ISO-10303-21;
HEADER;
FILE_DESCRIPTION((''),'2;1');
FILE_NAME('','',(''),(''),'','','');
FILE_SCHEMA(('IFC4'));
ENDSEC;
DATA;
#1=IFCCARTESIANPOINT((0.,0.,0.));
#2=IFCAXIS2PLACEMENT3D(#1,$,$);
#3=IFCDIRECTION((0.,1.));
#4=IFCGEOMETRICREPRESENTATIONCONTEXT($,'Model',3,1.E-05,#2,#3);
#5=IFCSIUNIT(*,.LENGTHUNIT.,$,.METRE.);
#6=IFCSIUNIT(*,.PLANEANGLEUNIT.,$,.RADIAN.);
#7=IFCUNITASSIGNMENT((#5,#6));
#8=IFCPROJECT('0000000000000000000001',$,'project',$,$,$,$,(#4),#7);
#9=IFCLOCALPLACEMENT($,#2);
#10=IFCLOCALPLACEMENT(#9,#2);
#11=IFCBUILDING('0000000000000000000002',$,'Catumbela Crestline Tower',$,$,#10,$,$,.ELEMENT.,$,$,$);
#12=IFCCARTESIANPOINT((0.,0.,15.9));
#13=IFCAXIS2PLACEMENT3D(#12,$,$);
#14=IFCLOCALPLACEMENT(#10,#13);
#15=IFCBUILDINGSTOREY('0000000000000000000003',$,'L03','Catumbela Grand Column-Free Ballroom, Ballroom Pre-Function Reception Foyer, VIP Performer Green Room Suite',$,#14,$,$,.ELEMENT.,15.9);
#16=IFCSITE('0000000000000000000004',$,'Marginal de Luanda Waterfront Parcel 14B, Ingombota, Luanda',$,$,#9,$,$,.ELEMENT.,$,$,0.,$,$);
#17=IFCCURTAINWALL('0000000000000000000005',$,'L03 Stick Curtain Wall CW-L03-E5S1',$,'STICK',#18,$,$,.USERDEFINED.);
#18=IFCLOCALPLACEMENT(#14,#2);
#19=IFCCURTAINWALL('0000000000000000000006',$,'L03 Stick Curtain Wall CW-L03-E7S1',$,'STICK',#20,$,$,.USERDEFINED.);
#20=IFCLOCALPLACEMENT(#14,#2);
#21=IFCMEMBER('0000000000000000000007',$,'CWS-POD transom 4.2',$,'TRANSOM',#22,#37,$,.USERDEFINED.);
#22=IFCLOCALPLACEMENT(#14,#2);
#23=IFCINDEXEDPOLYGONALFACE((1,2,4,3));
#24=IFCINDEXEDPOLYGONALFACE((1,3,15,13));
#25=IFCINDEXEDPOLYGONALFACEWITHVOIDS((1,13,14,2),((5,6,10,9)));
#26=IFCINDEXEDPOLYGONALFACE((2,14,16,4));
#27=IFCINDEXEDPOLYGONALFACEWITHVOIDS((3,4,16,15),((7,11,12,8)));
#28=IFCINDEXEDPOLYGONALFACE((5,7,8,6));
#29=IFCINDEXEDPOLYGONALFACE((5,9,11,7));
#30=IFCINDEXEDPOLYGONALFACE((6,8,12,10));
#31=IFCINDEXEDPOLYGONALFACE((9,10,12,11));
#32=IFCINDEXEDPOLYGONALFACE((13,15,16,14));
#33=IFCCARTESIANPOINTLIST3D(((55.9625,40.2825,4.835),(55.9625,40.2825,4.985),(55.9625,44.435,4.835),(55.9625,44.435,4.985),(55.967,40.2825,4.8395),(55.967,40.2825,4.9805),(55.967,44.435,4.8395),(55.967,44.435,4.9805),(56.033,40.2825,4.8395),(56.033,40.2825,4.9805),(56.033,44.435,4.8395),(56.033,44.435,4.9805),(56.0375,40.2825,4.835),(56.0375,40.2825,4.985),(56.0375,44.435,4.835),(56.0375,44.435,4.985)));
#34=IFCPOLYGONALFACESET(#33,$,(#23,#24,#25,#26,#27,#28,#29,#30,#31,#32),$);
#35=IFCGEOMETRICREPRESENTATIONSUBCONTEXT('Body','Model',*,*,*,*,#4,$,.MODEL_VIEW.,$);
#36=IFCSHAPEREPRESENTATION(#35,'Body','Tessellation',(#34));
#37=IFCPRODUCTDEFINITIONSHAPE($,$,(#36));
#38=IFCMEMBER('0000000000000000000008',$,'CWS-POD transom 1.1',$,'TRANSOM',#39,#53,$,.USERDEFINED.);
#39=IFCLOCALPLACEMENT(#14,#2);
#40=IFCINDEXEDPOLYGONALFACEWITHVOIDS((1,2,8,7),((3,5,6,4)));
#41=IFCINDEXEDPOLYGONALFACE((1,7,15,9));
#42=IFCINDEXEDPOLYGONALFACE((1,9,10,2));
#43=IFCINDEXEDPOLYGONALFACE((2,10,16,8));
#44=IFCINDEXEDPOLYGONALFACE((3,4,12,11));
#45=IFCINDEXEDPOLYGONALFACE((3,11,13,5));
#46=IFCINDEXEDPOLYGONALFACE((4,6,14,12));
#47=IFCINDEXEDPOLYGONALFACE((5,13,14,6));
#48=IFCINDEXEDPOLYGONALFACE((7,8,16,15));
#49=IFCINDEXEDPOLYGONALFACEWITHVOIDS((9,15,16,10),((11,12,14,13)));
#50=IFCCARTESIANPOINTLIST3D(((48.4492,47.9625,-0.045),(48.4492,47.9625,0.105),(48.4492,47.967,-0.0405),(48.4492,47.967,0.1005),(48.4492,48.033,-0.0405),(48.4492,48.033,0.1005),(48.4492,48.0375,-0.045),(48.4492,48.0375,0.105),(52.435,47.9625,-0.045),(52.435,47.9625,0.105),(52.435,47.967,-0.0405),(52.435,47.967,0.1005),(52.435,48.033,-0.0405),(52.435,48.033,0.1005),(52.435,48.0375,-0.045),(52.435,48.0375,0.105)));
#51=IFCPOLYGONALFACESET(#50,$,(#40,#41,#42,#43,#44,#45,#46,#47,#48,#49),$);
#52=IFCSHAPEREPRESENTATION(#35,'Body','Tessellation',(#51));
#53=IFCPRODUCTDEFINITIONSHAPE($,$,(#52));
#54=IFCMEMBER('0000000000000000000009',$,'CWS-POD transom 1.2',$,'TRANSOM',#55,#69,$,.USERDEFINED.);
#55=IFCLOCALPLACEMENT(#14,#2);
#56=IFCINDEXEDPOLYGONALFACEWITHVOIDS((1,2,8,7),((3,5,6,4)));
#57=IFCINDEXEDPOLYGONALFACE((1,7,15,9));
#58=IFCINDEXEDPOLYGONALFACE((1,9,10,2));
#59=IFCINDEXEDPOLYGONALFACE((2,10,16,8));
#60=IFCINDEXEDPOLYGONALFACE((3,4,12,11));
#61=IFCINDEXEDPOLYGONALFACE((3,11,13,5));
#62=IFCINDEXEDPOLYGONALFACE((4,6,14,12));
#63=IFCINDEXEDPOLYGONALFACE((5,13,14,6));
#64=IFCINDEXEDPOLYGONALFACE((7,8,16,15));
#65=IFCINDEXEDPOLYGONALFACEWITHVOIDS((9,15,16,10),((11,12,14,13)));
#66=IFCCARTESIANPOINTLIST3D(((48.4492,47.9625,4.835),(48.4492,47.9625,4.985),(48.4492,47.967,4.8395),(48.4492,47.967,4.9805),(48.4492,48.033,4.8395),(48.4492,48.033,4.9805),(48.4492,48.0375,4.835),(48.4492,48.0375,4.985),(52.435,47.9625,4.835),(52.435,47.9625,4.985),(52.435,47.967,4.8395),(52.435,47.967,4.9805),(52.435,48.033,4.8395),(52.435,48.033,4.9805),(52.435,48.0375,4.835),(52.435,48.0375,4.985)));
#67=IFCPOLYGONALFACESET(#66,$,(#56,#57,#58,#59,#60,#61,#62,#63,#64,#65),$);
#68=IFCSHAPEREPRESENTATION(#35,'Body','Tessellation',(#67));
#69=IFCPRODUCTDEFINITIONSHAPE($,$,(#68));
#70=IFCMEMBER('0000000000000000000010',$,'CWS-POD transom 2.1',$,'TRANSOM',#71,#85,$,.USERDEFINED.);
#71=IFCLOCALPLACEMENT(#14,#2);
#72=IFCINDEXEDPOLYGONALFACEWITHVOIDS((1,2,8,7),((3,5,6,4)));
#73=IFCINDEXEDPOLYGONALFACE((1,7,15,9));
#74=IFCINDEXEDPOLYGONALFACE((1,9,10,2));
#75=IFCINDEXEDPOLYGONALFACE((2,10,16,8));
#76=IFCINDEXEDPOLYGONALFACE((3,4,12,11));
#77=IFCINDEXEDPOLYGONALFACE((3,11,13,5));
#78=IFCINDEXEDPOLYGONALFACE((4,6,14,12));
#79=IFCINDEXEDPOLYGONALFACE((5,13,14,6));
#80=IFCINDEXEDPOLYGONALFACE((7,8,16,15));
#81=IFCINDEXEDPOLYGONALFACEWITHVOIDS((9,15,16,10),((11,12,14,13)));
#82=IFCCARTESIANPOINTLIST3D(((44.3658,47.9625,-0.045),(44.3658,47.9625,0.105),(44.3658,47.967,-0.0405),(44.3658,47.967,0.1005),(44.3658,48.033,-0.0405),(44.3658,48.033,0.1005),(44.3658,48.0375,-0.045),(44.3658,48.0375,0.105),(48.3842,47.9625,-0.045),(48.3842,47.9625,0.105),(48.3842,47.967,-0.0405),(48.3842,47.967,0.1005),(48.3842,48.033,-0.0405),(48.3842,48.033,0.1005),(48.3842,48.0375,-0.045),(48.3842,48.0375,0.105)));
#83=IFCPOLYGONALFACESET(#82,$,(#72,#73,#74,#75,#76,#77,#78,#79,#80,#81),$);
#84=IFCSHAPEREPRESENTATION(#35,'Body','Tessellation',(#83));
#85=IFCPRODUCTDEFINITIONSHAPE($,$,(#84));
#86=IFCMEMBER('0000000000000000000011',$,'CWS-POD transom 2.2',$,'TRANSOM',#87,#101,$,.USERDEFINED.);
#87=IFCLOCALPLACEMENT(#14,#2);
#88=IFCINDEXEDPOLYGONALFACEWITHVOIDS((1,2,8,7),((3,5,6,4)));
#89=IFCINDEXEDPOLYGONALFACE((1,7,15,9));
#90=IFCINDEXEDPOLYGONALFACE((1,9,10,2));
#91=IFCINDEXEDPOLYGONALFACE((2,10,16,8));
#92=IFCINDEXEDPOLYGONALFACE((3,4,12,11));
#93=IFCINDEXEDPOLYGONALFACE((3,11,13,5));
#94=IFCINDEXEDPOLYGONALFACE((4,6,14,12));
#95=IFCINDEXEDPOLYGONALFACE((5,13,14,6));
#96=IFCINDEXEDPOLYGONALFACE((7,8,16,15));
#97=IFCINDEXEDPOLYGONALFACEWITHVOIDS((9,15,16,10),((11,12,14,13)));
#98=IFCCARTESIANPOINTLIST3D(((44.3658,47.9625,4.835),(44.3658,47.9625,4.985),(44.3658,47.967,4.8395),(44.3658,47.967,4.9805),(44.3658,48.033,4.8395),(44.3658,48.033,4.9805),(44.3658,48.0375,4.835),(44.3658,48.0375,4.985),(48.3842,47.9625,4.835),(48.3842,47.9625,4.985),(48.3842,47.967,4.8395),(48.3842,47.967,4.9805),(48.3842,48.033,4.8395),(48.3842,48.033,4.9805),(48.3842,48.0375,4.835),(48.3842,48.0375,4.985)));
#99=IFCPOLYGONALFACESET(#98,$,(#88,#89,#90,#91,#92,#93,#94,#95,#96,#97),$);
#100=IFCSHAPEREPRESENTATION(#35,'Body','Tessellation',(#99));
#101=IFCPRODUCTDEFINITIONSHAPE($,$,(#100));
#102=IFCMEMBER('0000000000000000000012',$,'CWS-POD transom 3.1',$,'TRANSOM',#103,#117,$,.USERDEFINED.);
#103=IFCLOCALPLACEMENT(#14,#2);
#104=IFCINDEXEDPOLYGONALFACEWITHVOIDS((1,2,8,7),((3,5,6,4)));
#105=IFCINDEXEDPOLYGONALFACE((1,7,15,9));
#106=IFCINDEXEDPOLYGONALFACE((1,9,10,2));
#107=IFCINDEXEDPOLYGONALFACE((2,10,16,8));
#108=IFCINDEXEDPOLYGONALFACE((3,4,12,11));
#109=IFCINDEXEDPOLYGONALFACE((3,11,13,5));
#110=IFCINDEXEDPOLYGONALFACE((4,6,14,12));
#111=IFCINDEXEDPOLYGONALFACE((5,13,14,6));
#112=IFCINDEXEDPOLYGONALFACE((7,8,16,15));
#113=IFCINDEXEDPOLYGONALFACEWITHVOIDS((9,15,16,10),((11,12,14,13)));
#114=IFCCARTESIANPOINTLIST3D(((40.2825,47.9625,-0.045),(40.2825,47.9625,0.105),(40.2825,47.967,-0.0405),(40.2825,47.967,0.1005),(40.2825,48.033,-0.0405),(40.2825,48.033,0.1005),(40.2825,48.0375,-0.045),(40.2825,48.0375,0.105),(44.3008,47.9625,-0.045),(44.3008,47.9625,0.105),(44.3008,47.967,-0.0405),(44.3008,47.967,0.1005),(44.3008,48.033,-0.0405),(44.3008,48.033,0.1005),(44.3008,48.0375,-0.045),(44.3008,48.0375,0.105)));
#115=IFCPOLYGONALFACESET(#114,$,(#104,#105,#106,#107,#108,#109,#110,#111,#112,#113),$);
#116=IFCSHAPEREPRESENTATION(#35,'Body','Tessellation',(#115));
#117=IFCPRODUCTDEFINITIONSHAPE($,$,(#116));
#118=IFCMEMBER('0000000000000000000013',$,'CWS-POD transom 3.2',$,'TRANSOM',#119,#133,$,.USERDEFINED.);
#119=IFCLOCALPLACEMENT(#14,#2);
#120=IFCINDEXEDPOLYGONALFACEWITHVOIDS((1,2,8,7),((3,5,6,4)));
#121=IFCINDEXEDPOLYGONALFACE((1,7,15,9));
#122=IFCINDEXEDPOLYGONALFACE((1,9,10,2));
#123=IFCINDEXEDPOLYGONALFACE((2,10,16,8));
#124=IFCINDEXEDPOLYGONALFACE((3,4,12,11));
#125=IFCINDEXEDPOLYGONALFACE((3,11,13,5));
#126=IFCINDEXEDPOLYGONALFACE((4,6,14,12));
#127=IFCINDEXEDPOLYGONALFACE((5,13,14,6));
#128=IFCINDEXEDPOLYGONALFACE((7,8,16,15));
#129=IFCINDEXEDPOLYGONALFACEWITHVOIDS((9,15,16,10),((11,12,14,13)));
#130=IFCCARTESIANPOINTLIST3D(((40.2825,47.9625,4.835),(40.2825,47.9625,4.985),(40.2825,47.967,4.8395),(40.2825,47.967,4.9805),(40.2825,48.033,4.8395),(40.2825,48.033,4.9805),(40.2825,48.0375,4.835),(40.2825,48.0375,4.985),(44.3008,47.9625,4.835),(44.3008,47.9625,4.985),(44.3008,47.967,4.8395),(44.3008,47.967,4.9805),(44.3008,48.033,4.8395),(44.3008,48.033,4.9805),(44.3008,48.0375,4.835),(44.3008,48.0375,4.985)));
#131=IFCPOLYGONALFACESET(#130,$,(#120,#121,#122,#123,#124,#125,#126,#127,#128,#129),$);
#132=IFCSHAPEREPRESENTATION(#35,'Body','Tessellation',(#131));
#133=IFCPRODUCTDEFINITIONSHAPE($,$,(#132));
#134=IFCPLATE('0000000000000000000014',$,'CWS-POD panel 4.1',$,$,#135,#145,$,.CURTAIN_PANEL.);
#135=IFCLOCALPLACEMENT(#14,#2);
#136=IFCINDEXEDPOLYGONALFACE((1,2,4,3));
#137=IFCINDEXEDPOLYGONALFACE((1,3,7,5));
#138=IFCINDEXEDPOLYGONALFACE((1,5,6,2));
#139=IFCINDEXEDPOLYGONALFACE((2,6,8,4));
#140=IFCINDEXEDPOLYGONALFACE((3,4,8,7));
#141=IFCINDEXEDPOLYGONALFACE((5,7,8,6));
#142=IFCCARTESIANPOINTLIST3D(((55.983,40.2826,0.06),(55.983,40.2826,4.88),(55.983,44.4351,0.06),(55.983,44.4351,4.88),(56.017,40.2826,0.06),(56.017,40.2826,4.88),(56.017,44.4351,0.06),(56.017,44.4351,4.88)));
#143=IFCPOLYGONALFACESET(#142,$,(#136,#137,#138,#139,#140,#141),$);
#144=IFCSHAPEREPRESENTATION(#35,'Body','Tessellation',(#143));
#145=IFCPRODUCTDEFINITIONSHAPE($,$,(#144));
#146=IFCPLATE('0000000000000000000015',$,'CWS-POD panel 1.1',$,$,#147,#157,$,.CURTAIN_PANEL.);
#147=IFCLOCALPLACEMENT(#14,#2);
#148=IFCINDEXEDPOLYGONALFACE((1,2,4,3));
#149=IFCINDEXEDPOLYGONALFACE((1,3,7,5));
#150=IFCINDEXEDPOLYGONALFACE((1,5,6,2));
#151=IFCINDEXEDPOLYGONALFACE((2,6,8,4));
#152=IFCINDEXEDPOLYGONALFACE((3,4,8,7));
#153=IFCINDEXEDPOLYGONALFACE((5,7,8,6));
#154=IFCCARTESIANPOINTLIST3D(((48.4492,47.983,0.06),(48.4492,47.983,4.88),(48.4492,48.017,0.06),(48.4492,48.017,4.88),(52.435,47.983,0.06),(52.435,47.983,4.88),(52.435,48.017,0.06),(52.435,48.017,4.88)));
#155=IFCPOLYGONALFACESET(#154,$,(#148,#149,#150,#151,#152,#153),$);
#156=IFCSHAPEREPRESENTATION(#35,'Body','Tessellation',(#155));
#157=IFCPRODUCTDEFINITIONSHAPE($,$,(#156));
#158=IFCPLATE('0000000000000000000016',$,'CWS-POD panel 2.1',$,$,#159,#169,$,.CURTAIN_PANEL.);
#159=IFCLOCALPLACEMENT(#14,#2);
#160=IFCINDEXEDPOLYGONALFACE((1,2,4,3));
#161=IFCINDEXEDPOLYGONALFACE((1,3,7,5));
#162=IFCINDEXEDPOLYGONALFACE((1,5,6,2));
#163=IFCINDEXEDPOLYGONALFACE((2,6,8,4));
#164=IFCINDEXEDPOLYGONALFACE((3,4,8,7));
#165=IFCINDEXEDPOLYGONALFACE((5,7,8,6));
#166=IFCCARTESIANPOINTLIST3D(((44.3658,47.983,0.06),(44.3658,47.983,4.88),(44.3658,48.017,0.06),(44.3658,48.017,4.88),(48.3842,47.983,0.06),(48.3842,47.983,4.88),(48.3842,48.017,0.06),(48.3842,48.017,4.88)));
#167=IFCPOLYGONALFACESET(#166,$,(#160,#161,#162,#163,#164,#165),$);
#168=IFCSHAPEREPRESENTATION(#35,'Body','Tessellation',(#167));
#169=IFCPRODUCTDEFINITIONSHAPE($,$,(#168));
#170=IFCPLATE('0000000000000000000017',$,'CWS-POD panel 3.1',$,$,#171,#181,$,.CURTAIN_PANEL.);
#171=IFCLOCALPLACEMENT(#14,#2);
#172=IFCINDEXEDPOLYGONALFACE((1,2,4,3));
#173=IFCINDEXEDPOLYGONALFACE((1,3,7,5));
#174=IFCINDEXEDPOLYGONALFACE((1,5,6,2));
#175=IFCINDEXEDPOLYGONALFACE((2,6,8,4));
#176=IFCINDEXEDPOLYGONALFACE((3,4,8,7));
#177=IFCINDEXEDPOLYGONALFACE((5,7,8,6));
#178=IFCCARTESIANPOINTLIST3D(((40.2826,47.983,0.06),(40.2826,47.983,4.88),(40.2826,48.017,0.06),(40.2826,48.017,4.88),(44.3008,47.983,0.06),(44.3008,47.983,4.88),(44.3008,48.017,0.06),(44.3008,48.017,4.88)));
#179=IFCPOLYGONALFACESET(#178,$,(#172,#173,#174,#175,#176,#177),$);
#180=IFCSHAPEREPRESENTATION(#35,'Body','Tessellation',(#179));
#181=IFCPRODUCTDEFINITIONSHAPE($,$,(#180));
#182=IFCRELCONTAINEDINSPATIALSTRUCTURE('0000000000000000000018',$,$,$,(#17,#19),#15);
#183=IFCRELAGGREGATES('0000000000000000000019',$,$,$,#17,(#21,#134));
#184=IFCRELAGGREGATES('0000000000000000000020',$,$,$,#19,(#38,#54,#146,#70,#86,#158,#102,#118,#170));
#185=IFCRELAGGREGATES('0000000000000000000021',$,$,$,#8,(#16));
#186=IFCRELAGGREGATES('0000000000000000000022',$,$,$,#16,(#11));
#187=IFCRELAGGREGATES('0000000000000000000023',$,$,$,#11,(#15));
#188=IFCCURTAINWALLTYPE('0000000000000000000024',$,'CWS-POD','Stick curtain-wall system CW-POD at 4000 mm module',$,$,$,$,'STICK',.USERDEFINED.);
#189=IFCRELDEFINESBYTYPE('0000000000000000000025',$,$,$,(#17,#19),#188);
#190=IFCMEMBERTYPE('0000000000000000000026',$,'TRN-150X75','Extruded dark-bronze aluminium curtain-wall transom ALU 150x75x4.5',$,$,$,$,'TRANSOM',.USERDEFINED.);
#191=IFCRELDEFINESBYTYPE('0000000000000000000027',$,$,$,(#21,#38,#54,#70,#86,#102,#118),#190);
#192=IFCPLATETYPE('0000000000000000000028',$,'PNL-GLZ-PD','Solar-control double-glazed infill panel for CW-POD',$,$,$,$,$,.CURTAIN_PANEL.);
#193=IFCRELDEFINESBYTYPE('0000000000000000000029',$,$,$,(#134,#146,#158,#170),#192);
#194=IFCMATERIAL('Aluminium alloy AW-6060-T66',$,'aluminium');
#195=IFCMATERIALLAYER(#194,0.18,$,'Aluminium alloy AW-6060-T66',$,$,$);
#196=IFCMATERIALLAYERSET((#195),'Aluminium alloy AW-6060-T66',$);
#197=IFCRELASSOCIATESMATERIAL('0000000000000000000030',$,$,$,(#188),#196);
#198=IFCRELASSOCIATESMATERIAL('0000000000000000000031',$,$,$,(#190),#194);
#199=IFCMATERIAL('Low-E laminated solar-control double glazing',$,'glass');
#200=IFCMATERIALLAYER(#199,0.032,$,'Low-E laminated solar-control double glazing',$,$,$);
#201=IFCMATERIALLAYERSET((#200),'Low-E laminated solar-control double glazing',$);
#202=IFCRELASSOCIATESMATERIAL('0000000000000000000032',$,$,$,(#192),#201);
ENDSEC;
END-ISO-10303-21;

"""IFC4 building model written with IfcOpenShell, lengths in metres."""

from ifc_helpers import new_model, si_unit, direction, frame, origin, origin_2d, place, context, subcontext, project, spatial, rectangle, hollow_rectangle, extrude, material, layer, layer_set, material_profile, profile_set, type_object, element, aggregate, save


model = new_model("IFC4")

# Units and contexts
model_context = context("Model", 3, precision=1e-05, world=origin(), true_north=direction((0.0, 1.0)))
body_context = subcontext(model_context, "Body", "Model", "MODEL_VIEW")
ifc_project = project(units=[si_unit("LENGTHUNIT", "METRE"), si_unit("PLANEANGLEUNIT", "RADIAN")], contexts=[model_context])

# Site, building, storey
site_placement = place(None, origin())
site = spatial("IfcSite", under=ifc_project, at=site_placement, Name="Marginal de Luanda Waterfront Parcel 14B, Ingombota, Luanda", CompositionType="ELEMENT", RefElevation=0.0)
building_placement = place(site_placement, origin())
building = spatial("IfcBuilding", under=site, at=building_placement, Name="Catumbela Crestline Tower", CompositionType="ELEMENT")
storey_placement = place(building_placement, frame((0.0, 0.0, 15.9)))
storey = spatial("IfcBuildingStorey", under=building, at=storey_placement, Name="L03", Description="Catumbela Grand Column-Free Ballroom, Ballroom Pre-Function Reception Foyer, VIP Performer Green Room Suite", CompositionType="ELEMENT", Elevation=15.9)

# Curtain walls
ifc_material_1 = material(Name="Aluminium alloy AW-6060-T66", Category="aluminium")
ifc_layer_1 = layer(ifc_material_1, 0.18, Name="Aluminium alloy AW-6060-T66")
ifc_layer_set_1 = layer_set([ifc_layer_1], Name="Aluminium alloy AW-6060-T66")
curtain_wall_type = type_object("IfcCurtainWallType", Name="CWS-POD", Description="Stick curtain-wall system CW-POD at 4000 mm module", ElementType="STICK", PredefinedType="USERDEFINED", material=ifc_layer_set_1)
curtain_wall_1_placement = place(storey_placement, origin())
curtain_wall_1 = element("IfcCurtainWall", 1, at=curtain_wall_1_placement, inside=storey, type_object=curtain_wall_type, Name="L03 Stick Curtain Wall CW-L03-E5S1", ObjectType="STICK", PredefinedType="USERDEFINED")
curtain_wall_2_placement = place(storey_placement, origin())
curtain_wall_2 = element("IfcCurtainWall", 2, at=curtain_wall_2_placement, inside=storey, type_object=curtain_wall_type, Name="L03 Stick Curtain Wall CW-L03-E7S1", ObjectType="STICK", PredefinedType="USERDEFINED")

# Members
ifc_material_profile_1 = material_profile(ifc_material_1, hollow_rectangle(XDim=0.075, YDim=0.15, WallThickness=0.0045, at=origin_2d()), Name="ALU 150x75x4.5")
ifc_profile_set_1 = profile_set([ifc_material_profile_1], Name="Aluminium alloy AW-6060-T66")
member_type_1 = type_object("IfcMemberType", Name="TRN-150X75", Description="Extruded dark-bronze aluminium curtain-wall transom ALU 150x75x4.5", ElementType="TRANSOM", PredefinedType="USERDEFINED", material=ifc_profile_set_1)
member_1_placement = place(storey_placement, frame((56.0, 40.2825, 4.91), z_axis=(0.0, 1.0, 0.0), x_axis=(-1.0, 0.0, 0.0)))
member_1 = element("IfcMember", 3, at=member_1_placement, type_object=member_type_1, Name="CWS-POD transom 4.2", ObjectType="TRANSOM", PredefinedType="USERDEFINED", context=body_context, shape_type="SweptSolid", body=[
    extrude(hollow_rectangle(XDim=0.075, YDim=0.15, WallThickness=0.0045, at=origin_2d()), origin(), (0.0, 0.0, 1.0), 4.1525),
])
member_2_placement = place(storey_placement, frame((52.435, 48.0, 0.03), z_axis=(-1.0, 0.0, 0.0), x_axis=(0.0, -1.0, 0.0)))
member_2 = element("IfcMember", 4, at=member_2_placement, type_object=member_type_1, Name="CWS-POD transom 1.1", ObjectType="TRANSOM", PredefinedType="USERDEFINED", context=body_context, shape_type="SweptSolid", body=[
    extrude(hollow_rectangle(XDim=0.075, YDim=0.15, WallThickness=0.0045, at=origin_2d()), origin(), (0.0, 0.0, 1.0), 3.9858),
])
member_3_placement = place(storey_placement, frame((52.435, 48.0, 4.91), z_axis=(-1.0, 0.0, 0.0), x_axis=(0.0, -1.0, 0.0)))
member_3 = element("IfcMember", 5, at=member_3_placement, type_object=member_type_1, Name="CWS-POD transom 1.2", ObjectType="TRANSOM", PredefinedType="USERDEFINED", context=body_context, shape_type="SweptSolid", body=[
    extrude(hollow_rectangle(XDim=0.075, YDim=0.15, WallThickness=0.0045, at=origin_2d()), origin(), (0.0, 0.0, 1.0), 3.9858),
])
member_4_placement = place(storey_placement, frame((48.3842, 48.0, 0.03), z_axis=(-1.0, 0.0, 0.0), x_axis=(0.0, -1.0, 0.0)))
member_4 = element("IfcMember", 6, at=member_4_placement, type_object=member_type_1, Name="CWS-POD transom 2.1", ObjectType="TRANSOM", PredefinedType="USERDEFINED", context=body_context, shape_type="SweptSolid", body=[
    extrude(hollow_rectangle(XDim=0.075, YDim=0.15, WallThickness=0.0045, at=origin_2d()), origin(), (0.0, 0.0, 1.0), 4.0184),
])
member_5_placement = place(storey_placement, frame((48.3842, 48.0, 4.91), z_axis=(-1.0, 0.0, 0.0), x_axis=(0.0, -1.0, 0.0)))
member_5 = element("IfcMember", 7, at=member_5_placement, type_object=member_type_1, Name="CWS-POD transom 2.2", ObjectType="TRANSOM", PredefinedType="USERDEFINED", context=body_context, shape_type="SweptSolid", body=[
    extrude(hollow_rectangle(XDim=0.075, YDim=0.15, WallThickness=0.0045, at=origin_2d()), origin(), (0.0, 0.0, 1.0), 4.0184),
])
member_6_placement = place(storey_placement, frame((44.3008, 48.0, 0.03), z_axis=(-1.0, 0.0, 0.0), x_axis=(0.0, -1.0, 0.0)))
member_6 = element("IfcMember", 8, at=member_6_placement, type_object=member_type_1, Name="CWS-POD transom 3.1", ObjectType="TRANSOM", PredefinedType="USERDEFINED", context=body_context, shape_type="SweptSolid", body=[
    extrude(hollow_rectangle(XDim=0.075, YDim=0.15, WallThickness=0.0045, at=origin_2d()), origin(), (0.0, 0.0, 1.0), 4.0183),
])
member_7_placement = place(storey_placement, frame((44.3008, 48.0, 4.91), z_axis=(-1.0, 0.0, 0.0), x_axis=(0.0, -1.0, 0.0)))
member_7 = element("IfcMember", 9, at=member_7_placement, type_object=member_type_1, Name="CWS-POD transom 3.2", ObjectType="TRANSOM", PredefinedType="USERDEFINED", context=body_context, shape_type="SweptSolid", body=[
    extrude(hollow_rectangle(XDim=0.075, YDim=0.15, WallThickness=0.0045, at=origin_2d()), origin(), (0.0, 0.0, 1.0), 4.0183),
])

# Plates
ifc_material_2 = material(Name="Low-E laminated solar-control double glazing", Category="glass")
ifc_layer_2 = layer(ifc_material_2, 0.032, Name="Low-E laminated solar-control double glazing")
ifc_layer_set_2 = layer_set([ifc_layer_2], Name="Low-E laminated solar-control double glazing")
plate_type = type_object("IfcPlateType", Name="PNL-GLZ-PD", Description="Solar-control double-glazed infill panel for CW-POD", PredefinedType="CURTAIN_PANEL", material=ifc_layer_set_2)
plate_1_placement = place(storey_placement, frame((56.0, 42.3588, 0.06), z_axis=(0.0, 0.0, 1.0), x_axis=(0.0, 1.0, 0.0)))
plate_1 = element("IfcPlate", 10, at=plate_1_placement, type_object=plate_type, Name="CWS-POD panel 4.1", PredefinedType="CURTAIN_PANEL", context=body_context, shape_type="SweptSolid", body=[
    extrude(rectangle(XDim=4.1525, YDim=0.034, at=origin_2d()), origin(), (0.0, 0.0, 1.0), 4.82),
])
aggregate(curtain_wall_1, [member_1, plate_1])
plate_2_placement = place(storey_placement, frame((50.4421, 48.0, 0.06), z_axis=(0.0, 0.0, 1.0), x_axis=(-1.0, 0.0, 0.0)))
plate_2 = element("IfcPlate", 11, at=plate_2_placement, type_object=plate_type, Name="CWS-POD panel 1.1", PredefinedType="CURTAIN_PANEL", context=body_context, shape_type="SweptSolid", body=[
    extrude(rectangle(XDim=3.9858, YDim=0.034, at=origin_2d()), origin(), (0.0, 0.0, 1.0), 4.82),
])
plate_3_placement = place(storey_placement, frame((46.375, 48.0, 0.06), z_axis=(0.0, 0.0, 1.0), x_axis=(-1.0, 0.0, 0.0)))
plate_3 = element("IfcPlate", 12, at=plate_3_placement, type_object=plate_type, Name="CWS-POD panel 2.1", PredefinedType="CURTAIN_PANEL", context=body_context, shape_type="SweptSolid", body=[
    extrude(rectangle(XDim=4.0183, YDim=0.034, at=origin_2d()), origin(), (0.0, 0.0, 1.0), 4.82),
])
plate_4_placement = place(storey_placement, frame((42.2917, 48.0, 0.06), z_axis=(0.0, 0.0, 1.0), x_axis=(-1.0, 0.0, 0.0)))
plate_4 = element("IfcPlate", 13, at=plate_4_placement, type_object=plate_type, Name="CWS-POD panel 3.1", PredefinedType="CURTAIN_PANEL", context=body_context, shape_type="SweptSolid", body=[
    extrude(rectangle(XDim=4.0183, YDim=0.034, at=origin_2d()), origin(), (0.0, 0.0, 1.0), 4.82),
])
aggregate(curtain_wall_2, [member_2, member_3, plate_2, member_4, member_5, plate_3, member_6, member_7, plate_4])

save(model, "model.ifc")
